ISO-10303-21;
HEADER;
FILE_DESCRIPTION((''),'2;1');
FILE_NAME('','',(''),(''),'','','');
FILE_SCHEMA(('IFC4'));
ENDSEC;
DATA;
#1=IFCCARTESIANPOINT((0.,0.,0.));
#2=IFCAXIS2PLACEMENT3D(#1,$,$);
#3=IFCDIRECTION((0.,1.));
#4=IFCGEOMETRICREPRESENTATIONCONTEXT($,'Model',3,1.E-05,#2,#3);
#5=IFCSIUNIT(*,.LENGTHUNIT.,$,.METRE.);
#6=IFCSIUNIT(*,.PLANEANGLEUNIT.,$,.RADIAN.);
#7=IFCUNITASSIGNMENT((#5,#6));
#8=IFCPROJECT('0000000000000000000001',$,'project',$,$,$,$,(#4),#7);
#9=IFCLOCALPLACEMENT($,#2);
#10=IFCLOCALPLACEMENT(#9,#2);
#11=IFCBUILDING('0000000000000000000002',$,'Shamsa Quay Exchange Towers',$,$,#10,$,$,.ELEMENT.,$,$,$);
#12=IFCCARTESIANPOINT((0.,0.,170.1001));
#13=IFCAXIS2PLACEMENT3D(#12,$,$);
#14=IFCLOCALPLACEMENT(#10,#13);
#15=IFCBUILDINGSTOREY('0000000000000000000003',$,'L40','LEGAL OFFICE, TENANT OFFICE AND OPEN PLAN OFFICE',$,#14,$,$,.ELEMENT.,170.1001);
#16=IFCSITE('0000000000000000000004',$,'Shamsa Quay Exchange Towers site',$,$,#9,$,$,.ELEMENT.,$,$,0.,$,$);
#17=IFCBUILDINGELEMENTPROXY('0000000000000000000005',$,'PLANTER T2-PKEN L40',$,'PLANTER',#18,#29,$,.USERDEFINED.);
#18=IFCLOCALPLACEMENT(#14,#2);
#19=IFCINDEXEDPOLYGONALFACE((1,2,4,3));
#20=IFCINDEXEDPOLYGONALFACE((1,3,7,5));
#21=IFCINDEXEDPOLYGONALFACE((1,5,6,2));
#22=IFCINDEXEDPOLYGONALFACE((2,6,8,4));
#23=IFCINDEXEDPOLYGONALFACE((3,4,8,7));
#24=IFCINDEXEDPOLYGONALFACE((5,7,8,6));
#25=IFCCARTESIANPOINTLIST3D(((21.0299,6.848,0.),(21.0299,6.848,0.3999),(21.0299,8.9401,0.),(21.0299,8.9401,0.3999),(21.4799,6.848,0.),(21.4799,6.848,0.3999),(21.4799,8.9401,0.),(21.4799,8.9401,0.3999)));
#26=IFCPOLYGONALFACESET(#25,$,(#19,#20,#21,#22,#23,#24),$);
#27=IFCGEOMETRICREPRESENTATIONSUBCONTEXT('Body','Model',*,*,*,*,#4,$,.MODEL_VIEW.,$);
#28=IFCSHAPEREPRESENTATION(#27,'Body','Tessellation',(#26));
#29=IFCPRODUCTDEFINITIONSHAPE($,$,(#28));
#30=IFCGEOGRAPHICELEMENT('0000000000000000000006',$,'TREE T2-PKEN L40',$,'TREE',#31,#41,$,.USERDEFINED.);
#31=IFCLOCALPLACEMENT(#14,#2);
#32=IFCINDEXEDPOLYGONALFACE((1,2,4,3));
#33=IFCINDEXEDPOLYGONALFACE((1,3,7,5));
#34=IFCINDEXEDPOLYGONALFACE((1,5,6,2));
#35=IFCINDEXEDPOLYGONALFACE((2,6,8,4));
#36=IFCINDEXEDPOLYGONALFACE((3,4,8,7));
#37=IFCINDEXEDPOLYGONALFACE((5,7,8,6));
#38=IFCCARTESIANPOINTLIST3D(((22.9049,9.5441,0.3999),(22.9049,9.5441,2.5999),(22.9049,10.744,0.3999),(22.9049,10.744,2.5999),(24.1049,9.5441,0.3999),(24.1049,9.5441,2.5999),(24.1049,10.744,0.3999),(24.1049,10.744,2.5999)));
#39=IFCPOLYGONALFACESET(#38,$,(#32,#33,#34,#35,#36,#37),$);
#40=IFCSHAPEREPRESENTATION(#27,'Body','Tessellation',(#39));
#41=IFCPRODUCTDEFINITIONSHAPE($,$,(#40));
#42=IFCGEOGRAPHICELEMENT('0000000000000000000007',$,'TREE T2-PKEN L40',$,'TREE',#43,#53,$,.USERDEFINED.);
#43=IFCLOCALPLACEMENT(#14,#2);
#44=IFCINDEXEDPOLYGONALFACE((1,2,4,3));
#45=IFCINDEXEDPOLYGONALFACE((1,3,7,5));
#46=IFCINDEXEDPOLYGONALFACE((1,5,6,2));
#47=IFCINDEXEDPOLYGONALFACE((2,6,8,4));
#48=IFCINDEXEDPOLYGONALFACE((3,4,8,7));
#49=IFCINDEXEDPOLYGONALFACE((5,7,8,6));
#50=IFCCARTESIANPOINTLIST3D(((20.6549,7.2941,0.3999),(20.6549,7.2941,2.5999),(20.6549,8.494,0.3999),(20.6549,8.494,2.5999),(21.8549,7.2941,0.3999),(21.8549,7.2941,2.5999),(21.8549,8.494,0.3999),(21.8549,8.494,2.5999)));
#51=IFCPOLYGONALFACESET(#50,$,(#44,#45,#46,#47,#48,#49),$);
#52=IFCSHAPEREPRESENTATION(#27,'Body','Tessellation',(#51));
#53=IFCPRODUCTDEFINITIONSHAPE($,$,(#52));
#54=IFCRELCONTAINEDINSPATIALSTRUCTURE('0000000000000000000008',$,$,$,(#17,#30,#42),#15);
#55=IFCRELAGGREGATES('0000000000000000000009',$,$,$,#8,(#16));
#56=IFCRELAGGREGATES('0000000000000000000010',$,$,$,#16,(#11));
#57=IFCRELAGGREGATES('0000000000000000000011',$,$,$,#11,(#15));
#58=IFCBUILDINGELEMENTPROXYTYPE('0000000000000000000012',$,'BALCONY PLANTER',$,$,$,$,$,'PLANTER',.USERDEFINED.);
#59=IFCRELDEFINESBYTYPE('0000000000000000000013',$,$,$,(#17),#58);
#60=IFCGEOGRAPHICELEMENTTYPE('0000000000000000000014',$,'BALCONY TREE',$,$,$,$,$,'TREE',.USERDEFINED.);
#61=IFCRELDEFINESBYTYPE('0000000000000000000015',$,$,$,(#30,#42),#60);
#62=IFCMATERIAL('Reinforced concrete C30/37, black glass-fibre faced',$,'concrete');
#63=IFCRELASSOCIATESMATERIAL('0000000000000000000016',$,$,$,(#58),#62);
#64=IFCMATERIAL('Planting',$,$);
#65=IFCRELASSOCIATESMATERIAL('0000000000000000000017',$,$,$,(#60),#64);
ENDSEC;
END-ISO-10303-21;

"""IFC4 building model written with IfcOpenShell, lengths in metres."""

from ifc_helpers import new_model, si_unit, direction, frame, origin, origin_2d, place, context, subcontext, project, spatial, rectangle, extrude, material, type_object, element, save


model = new_model("IFC4")

# Units and contexts
model_context = context("Model", 3, precision=1e-05, world=origin(), true_north=direction((0.0, 1.0)))
body_context = subcontext(model_context, "Body", "Model", "MODEL_VIEW")
ifc_project = project(units=[si_unit("LENGTHUNIT", "METRE"), si_unit("PLANEANGLEUNIT", "RADIAN")], contexts=[model_context])

# Site, building, storey
site_placement = place(None, origin())
site = spatial("IfcSite", under=ifc_project, at=site_placement, Name="Shamsa Quay Exchange Towers site", CompositionType="ELEMENT", RefElevation=0.0)
building_placement = place(site_placement, origin())
building = spatial("IfcBuilding", under=site, at=building_placement, Name="Shamsa Quay Exchange Towers", CompositionType="ELEMENT")
storey_placement = place(building_placement, frame((0.0, 0.0, 170.1001)))
storey = spatial("IfcBuildingStorey", under=building, at=storey_placement, Name="L40", Description="LEGAL OFFICE, TENANT OFFICE AND OPEN PLAN OFFICE", CompositionType="ELEMENT", Elevation=170.1001)

# Building element proxy
ifc_material_1 = material(Name="Reinforced concrete C30/37, black glass-fibre faced", Category="concrete")
building_element_proxy_type = type_object("IfcBuildingElementProxyType", Name="BALCONY PLANTER", ElementType="PLANTER", PredefinedType="USERDEFINED", material=ifc_material_1)
for number, where, z_axis, x_axis, name in (
    (1, (21.2549, 7.894, 0.0), (0.0, 0.0, 1.0), (0.0, -1.0, 0.0), "PLANTER T2-PKEN L40"),
):
    element("IfcBuildingElementProxy", number, at=place(storey_placement, frame(where, z_axis=z_axis, x_axis=x_axis)), inside=storey, type_object=building_element_proxy_type, Name=name, ObjectType="PLANTER", PredefinedType="USERDEFINED", context=body_context, shape_type="SweptSolid", body=[
        extrude(rectangle(XDim=2.092, YDim=0.45, at=origin_2d()), origin(), (0.0, 0.0, 1.0), 0.3999),
    ])

# Geographic elements
ifc_material_2 = material(Name="Planting")
geographic_element_type = type_object("IfcGeographicElementType", Name="BALCONY TREE", ElementType="TREE", PredefinedType="USERDEFINED", material=ifc_material_2)
for number, where, z_axis, x_axis, name in (
    (2, (23.5049, 10.144, 0.3999), (0.0, 0.0, 1.0), (0.0, -1.0, 0.0), "TREE T2-PKEN L40"),
    (3, (21.2549, 7.894, 0.3999), (0.0, 0.0, 1.0), (0.0, -1.0, 0.0), "TREE T2-PKEN L40"),
):
    element("IfcGeographicElement", number, at=place(storey_placement, frame(where, z_axis=z_axis, x_axis=x_axis)), inside=storey, type_object=geographic_element_type, Name=name, ObjectType="TREE", PredefinedType="USERDEFINED", context=body_context, shape_type="SweptSolid", body=[
        extrude(rectangle(XDim=1.2, YDim=1.2, at=origin_2d()), origin(), (0.0, 0.0, 1.0), 2.2),
    ])

save(model, "model.ifc")
